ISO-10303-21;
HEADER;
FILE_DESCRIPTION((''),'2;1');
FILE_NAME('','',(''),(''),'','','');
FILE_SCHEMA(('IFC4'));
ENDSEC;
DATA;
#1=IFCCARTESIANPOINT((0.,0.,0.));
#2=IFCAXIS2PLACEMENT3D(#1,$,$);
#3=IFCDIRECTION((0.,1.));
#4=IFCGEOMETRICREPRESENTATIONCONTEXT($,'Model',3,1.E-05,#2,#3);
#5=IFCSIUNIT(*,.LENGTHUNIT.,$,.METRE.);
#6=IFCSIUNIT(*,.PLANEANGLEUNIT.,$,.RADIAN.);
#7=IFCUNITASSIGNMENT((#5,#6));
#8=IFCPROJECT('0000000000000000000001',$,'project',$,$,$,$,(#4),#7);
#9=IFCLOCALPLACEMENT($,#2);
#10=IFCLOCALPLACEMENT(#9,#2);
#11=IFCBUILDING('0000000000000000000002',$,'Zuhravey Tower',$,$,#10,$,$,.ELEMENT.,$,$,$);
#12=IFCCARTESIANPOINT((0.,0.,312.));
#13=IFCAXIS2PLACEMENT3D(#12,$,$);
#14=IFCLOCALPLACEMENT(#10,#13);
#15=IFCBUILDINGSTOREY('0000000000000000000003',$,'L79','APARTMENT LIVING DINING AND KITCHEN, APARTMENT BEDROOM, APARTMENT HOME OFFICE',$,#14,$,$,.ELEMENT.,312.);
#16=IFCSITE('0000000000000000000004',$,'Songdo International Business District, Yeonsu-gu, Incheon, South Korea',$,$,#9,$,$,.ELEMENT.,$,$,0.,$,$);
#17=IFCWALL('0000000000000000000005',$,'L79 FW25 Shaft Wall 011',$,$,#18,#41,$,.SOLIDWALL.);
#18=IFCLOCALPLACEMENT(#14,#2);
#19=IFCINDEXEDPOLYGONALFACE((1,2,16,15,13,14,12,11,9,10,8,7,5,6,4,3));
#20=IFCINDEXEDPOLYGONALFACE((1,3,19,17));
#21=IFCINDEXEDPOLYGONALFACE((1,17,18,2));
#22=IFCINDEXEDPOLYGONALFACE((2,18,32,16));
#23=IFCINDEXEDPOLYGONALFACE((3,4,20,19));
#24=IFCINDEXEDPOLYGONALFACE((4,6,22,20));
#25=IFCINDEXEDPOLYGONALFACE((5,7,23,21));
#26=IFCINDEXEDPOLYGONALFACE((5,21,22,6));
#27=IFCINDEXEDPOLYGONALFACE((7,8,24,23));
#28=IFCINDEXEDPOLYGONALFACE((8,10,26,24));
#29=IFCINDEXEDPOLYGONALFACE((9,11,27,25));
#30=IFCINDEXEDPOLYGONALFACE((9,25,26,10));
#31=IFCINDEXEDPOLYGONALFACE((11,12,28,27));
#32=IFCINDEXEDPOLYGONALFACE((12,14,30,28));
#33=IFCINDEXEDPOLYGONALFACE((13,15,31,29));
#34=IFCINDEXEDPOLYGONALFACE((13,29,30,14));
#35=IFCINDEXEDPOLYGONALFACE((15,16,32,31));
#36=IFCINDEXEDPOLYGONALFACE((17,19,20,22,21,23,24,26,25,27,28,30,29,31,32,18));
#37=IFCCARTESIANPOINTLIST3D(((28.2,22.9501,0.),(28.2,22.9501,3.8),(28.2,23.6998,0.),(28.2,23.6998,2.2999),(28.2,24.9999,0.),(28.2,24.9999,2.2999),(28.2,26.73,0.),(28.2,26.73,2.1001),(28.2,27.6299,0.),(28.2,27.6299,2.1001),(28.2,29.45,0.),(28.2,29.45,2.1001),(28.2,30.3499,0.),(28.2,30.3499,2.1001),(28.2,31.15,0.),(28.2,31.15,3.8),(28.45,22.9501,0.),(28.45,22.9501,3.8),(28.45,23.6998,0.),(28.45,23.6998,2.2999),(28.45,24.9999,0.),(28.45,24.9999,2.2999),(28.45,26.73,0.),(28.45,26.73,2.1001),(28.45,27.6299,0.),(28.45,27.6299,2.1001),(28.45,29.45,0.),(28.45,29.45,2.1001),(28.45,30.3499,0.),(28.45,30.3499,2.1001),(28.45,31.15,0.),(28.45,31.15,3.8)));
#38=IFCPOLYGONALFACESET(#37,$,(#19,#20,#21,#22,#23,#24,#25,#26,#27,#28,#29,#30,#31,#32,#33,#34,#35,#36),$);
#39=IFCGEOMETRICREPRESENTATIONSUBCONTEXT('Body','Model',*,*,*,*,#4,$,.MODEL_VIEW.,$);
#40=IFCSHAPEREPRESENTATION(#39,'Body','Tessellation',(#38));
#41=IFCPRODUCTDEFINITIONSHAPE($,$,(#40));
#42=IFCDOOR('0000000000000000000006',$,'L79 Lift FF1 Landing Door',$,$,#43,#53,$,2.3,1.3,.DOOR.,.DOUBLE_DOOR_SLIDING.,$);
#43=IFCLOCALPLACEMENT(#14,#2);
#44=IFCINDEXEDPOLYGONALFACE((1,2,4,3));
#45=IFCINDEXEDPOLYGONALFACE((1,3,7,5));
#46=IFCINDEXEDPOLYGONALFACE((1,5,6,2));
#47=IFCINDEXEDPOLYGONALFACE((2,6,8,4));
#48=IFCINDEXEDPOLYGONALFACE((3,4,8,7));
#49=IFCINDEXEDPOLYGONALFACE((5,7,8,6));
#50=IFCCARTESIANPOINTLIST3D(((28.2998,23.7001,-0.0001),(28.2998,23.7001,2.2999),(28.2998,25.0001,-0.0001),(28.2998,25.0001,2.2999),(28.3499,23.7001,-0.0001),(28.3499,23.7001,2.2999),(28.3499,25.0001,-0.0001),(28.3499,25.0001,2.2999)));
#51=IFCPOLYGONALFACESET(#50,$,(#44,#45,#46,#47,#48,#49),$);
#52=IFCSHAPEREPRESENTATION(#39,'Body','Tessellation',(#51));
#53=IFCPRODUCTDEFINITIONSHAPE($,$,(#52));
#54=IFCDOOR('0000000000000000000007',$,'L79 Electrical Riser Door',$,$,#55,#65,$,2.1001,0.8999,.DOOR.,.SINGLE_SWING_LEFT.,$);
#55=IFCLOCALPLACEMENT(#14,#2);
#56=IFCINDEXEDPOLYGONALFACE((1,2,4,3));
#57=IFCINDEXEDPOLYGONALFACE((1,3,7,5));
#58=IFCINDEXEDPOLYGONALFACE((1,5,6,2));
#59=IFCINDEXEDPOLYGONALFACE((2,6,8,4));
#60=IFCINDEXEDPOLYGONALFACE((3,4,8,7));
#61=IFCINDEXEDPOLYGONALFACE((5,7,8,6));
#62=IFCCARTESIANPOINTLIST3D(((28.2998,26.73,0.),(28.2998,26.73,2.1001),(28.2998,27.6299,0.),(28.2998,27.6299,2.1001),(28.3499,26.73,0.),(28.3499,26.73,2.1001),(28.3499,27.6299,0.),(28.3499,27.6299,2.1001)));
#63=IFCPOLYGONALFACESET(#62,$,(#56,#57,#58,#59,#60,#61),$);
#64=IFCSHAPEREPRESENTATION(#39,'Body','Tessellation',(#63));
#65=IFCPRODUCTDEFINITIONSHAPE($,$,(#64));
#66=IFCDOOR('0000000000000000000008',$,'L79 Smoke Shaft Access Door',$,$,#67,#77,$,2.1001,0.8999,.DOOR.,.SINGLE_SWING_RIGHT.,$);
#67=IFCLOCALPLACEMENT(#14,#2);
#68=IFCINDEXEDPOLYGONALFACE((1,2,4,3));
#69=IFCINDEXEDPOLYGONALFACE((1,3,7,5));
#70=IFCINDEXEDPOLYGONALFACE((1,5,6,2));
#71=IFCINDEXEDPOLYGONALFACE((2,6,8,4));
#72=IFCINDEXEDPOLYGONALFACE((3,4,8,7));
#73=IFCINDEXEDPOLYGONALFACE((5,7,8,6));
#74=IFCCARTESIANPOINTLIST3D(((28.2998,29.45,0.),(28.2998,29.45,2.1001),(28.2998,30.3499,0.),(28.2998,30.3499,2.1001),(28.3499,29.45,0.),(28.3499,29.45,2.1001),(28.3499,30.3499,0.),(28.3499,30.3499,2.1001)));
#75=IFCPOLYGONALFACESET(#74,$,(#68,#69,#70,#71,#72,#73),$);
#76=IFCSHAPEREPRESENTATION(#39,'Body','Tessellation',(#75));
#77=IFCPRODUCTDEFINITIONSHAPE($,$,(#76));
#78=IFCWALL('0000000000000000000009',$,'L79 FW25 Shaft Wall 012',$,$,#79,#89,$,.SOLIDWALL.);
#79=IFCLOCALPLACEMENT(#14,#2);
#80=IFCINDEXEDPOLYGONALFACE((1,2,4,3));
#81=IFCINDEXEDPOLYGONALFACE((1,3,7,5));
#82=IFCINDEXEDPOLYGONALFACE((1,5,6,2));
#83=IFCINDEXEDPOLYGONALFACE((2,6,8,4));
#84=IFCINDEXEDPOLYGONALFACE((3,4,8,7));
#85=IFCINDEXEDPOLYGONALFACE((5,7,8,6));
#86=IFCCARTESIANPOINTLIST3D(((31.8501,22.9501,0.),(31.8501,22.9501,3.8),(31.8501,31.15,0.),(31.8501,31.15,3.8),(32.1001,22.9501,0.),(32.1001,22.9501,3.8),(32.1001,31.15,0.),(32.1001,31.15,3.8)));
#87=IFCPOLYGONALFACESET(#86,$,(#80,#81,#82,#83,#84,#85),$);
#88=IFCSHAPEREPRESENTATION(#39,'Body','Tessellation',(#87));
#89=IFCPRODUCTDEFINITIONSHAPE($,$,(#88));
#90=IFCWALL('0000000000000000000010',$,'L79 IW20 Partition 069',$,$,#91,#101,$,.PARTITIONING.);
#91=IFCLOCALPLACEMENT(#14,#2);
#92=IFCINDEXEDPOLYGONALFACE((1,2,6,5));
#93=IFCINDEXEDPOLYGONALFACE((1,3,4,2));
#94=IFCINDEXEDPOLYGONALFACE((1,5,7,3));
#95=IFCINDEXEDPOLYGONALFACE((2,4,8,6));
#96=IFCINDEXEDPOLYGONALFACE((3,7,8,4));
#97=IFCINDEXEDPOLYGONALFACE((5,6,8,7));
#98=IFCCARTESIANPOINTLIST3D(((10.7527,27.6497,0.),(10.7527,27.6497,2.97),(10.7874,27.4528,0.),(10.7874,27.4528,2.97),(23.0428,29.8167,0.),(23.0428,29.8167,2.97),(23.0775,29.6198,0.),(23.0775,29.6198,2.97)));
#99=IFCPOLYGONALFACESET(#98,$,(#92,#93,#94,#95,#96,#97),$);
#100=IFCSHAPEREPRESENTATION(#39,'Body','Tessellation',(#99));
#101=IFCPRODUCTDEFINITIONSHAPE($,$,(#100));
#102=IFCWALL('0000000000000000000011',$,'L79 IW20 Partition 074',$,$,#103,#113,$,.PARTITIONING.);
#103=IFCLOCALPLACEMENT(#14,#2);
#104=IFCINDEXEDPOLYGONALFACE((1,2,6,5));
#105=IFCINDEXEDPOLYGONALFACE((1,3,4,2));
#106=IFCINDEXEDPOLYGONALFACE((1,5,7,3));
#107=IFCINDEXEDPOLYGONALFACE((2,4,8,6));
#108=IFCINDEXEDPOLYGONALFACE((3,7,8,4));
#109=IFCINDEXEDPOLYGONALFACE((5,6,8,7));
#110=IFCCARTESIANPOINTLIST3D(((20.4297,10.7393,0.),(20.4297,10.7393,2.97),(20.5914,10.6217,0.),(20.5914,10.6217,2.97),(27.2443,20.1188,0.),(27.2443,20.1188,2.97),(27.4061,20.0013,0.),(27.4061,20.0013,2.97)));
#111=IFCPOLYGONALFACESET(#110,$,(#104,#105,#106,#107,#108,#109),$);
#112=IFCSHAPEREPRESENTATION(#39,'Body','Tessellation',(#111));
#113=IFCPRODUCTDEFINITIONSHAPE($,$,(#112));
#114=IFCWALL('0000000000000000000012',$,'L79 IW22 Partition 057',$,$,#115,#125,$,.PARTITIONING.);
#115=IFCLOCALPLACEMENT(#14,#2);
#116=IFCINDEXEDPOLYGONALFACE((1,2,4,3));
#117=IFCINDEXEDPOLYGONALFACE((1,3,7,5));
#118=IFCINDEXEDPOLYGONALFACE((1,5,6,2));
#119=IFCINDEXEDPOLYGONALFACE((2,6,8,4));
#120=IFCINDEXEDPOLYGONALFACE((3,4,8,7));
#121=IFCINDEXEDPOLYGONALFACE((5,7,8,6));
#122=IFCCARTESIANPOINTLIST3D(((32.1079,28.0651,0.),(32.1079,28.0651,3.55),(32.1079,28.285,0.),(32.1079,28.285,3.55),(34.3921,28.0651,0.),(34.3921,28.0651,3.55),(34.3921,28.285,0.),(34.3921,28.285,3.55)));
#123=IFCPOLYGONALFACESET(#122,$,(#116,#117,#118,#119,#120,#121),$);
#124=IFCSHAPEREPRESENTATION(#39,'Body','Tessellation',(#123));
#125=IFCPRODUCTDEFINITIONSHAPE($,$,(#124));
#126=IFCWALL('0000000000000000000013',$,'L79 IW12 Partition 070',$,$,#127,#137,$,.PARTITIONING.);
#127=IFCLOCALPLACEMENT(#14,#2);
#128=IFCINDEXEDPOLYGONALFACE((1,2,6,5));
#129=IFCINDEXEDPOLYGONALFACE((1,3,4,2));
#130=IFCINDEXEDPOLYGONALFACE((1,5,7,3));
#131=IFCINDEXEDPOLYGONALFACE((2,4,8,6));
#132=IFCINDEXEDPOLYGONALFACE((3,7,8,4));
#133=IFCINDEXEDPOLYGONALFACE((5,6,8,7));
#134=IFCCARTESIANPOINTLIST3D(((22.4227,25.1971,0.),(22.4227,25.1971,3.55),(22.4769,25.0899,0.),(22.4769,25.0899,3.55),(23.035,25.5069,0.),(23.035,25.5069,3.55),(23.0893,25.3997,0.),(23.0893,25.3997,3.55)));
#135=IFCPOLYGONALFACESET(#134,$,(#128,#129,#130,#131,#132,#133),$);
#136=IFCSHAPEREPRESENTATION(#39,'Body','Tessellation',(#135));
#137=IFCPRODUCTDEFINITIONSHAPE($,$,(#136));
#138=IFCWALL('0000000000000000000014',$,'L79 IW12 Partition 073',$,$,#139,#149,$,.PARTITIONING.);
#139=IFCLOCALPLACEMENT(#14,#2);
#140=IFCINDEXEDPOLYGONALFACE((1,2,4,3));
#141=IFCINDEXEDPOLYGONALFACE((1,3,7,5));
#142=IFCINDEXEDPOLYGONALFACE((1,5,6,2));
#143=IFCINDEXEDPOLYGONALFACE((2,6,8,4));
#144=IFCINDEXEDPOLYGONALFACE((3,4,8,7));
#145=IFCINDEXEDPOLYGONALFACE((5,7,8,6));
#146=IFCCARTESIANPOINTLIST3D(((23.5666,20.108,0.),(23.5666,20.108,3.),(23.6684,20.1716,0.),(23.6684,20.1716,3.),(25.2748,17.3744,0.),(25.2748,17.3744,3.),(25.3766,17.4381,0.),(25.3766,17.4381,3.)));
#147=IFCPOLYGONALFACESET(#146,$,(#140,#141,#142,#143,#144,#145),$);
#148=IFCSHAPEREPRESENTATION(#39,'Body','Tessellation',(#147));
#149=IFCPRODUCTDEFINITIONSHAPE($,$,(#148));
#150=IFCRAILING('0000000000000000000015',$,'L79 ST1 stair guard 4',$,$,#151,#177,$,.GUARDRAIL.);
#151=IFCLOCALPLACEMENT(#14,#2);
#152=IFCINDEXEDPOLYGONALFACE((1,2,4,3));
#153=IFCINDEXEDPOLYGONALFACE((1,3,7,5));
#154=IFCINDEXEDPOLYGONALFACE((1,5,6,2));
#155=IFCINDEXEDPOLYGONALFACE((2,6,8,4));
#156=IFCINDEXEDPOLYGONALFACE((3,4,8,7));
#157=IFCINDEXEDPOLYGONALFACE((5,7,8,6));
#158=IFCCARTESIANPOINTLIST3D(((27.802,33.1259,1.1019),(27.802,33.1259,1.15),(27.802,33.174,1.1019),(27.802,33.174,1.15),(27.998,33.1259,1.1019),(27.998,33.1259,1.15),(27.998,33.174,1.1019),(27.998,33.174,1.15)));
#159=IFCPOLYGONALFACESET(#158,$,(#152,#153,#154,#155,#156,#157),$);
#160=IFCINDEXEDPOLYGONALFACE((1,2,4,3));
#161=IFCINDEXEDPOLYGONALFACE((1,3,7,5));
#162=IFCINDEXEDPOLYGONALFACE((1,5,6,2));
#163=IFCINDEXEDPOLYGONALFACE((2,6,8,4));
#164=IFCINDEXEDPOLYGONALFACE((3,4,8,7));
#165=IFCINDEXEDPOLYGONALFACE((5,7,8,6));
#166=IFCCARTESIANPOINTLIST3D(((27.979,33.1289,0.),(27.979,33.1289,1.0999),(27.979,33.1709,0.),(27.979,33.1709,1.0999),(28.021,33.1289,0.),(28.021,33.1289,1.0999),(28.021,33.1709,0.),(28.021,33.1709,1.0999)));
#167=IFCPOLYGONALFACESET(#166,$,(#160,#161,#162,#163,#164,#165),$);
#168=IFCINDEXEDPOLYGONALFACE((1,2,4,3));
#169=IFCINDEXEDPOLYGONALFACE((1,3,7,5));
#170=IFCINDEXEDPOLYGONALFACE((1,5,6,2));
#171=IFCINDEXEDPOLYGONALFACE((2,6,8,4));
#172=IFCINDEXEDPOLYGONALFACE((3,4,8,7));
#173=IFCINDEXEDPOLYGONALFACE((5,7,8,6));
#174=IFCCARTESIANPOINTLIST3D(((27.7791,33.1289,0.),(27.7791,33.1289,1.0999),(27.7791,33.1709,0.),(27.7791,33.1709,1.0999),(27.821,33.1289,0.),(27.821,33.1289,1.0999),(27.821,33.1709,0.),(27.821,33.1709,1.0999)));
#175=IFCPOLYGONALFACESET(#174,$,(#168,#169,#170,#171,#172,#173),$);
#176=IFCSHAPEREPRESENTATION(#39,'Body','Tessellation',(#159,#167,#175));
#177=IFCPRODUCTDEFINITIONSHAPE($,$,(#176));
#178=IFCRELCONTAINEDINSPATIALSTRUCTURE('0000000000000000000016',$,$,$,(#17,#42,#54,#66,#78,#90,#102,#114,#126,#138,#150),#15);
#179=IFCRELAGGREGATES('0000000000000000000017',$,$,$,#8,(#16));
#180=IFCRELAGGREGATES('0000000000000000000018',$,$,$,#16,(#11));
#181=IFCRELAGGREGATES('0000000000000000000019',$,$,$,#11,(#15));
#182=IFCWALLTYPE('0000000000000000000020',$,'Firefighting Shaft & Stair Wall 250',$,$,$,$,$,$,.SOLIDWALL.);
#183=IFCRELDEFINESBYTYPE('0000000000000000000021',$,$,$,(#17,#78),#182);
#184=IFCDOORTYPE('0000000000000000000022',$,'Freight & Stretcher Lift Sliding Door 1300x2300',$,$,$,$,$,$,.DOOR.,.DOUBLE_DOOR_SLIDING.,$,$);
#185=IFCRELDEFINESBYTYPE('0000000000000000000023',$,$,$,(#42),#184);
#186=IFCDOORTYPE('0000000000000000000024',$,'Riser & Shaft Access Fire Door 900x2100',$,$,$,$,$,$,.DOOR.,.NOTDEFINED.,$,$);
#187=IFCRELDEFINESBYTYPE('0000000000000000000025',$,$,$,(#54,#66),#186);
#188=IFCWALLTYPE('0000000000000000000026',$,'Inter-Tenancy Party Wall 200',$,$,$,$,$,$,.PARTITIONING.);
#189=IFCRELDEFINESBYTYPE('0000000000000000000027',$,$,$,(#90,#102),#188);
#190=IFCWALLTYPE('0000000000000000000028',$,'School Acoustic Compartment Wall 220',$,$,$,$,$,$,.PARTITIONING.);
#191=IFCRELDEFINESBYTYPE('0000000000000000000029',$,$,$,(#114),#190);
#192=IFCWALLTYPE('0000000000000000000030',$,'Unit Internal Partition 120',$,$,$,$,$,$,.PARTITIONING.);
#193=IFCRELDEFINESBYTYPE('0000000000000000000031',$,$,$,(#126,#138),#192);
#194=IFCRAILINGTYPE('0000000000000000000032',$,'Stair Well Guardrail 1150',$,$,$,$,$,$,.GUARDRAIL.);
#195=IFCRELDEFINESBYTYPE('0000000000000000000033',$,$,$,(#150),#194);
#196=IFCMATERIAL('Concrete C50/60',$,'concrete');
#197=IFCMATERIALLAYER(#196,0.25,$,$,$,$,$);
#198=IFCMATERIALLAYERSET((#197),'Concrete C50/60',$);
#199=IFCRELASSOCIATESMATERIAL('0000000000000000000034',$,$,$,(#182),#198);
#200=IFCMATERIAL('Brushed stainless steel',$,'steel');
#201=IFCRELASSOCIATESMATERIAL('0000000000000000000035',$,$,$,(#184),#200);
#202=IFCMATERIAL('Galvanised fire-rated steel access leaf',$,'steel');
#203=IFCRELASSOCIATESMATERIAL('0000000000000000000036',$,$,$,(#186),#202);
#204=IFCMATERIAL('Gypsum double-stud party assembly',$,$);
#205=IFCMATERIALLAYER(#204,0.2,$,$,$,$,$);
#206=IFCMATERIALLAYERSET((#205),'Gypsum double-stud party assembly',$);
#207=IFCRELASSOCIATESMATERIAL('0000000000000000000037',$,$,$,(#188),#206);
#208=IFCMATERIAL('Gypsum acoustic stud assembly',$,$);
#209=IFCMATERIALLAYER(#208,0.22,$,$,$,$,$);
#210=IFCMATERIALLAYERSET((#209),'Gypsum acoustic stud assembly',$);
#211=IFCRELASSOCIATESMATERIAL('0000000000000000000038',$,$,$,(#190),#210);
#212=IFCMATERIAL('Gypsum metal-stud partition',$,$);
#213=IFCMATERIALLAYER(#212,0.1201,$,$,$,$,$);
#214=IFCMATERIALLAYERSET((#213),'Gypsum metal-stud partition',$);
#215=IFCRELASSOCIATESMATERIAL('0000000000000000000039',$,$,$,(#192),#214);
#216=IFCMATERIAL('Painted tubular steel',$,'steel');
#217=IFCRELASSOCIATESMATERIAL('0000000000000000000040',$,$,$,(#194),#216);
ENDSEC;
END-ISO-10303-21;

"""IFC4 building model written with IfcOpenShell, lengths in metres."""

from ifc_helpers import new_model, si_unit, direction, frame, frame_2d, origin, origin_2d, place, context, subcontext, project, spatial, rectangle, extrude, material, layer, layer_set, type_object, element, fill, save


model = new_model("IFC4")

# Units and contexts
model_context = context("Model", 3, precision=1e-05, world=origin(), true_north=direction((0.0, 1.0)))
body_context = subcontext(model_context, "Body", "Model", "MODEL_VIEW")
ifc_project = project(units=[si_unit("LENGTHUNIT", "METRE"), si_unit("PLANEANGLEUNIT", "RADIAN")], contexts=[model_context])

# Site, building, storey
site_placement = place(None, origin())
site = spatial("IfcSite", under=ifc_project, at=site_placement, Name="Songdo International Business District, Yeonsu-gu, Incheon, South Korea", CompositionType="ELEMENT", RefElevation=0.0)
building_placement = place(site_placement, origin())
building = spatial("IfcBuilding", under=site, at=building_placement, Name="Zuhravey Tower", CompositionType="ELEMENT")
storey_placement = place(building_placement, frame((0.0, 0.0, 312.0)))
storey = spatial("IfcBuildingStorey", under=building, at=storey_placement, Name="L79", Description="APARTMENT LIVING DINING AND KITCHEN, APARTMENT BEDROOM, APARTMENT HOME OFFICE", CompositionType="ELEMENT", Elevation=312.0)

# Shared definitions
ifc_material_1 = material(Name="Concrete C50/60", Category="concrete")

# Shared definitions
ifc_layer_1 = layer(ifc_material_1, 0.25)
ifc_layer_set_1 = layer_set([ifc_layer_1], Name="Concrete C50/60")
wall_type_1 = type_object("IfcWallType", Name="Firefighting Shaft & Stair Wall 250", PredefinedType="SOLIDWALL", material=ifc_layer_set_1)

# Wall, openings, doors
wall_1_placement = place(storey_placement, frame((28.325, 22.95, 0.0), z_axis=(0.0, 0.0, 1.0), x_axis=(0.0, 1.0, 0.0)))
wall_1 = element("IfcWall", 1, at=wall_1_placement, inside=storey, type_object=wall_type_1, Name="L79 FW25 Shaft Wall 011", PredefinedType="SOLIDWALL", context=body_context, shape_type="SweptSolid", body=[
    extrude(rectangle(XDim=8.2, YDim=0.25, at=frame_2d((4.1001, 0.0))), origin(), (0.0, 0.0, 1.0), 3.8),
])
opening_1_placement = place(wall_1_placement, frame((0.75, 0.0, 0.0)))
opening_1 = element("IfcOpeningElement", 2, at=opening_1_placement, cuts=wall_1, PredefinedType="OPENING", context=body_context, shape_type="SweptSolid", body=[
    extrude(rectangle(XDim=1.3, YDim=2.3, at=frame_2d((0.6499, 1.1499))), frame((0.0, 0.137, 0.0), z_axis=(0.0, -1.0, 0.0), x_axis=(1.0, 0.0, 0.0)), (0.0, 0.0, 1.0), 0.2739),
])
opening_2_placement = place(wall_1_placement, frame((3.78, 0.0, 0.0)))
opening_2 = element("IfcOpeningElement", 3, at=opening_2_placement, cuts=wall_1, PredefinedType="OPENING", context=body_context, shape_type="SweptSolid", body=[
    extrude(rectangle(XDim=0.8999, YDim=2.1001, at=frame_2d((0.45, 1.05))), frame((0.0, 0.137, 0.0), z_axis=(0.0, -1.0, 0.0), x_axis=(1.0, 0.0, 0.0)), (0.0, 0.0, 1.0), 0.2739),
])
opening_3_placement = place(wall_1_placement, frame((6.5, 0.0, 0.0)))
opening_3 = element("IfcOpeningElement", 4, at=opening_3_placement, cuts=wall_1, PredefinedType="OPENING", context=body_context, shape_type="SweptSolid", body=[
    extrude(rectangle(XDim=0.8999, YDim=2.1001, at=frame_2d((0.45, 1.05))), frame((0.0, 0.137, 0.0), z_axis=(0.0, -1.0, 0.0), x_axis=(1.0, 0.0, 0.0)), (0.0, 0.0, 1.0), 0.2739),
])
ifc_material_2 = material(Name="Brushed stainless steel", Category="steel")
door_type_1 = type_object("IfcDoorType", Name="Freight & Stretcher Lift Sliding Door 1300x2300", OperationType="DOUBLE_DOOR_SLIDING", PredefinedType="DOOR", material=ifc_material_2)
door_1_placement = place(opening_1_placement, frame((1.3, 0.0, 0.0), z_axis=(0.0, 0.0, 1.0), x_axis=(-1.0, 0.0, 0.0)))
door_1 = element("IfcDoor", 5, at=door_1_placement, inside=storey, type_object=door_type_1, Name="L79 Lift FF1 Landing Door", OperationType="DOUBLE_DOOR_SLIDING", OverallHeight=2.3, OverallWidth=1.3, PredefinedType="DOOR", context=body_context, shape_type="SweptSolid", body=[
    extrude(rectangle(XDim=1.3, YDim=2.3, at=frame_2d((0.6499, 1.1499))), frame((0.0, 0.0249, 0.0), z_axis=(0.0, -1.0, 0.0), x_axis=(1.0, 0.0, 0.0)), (0.0, 0.0, 1.0), 0.05),
])
fill(opening_1, door_1)
ifc_material_3 = material(Name="Galvanised fire-rated steel access leaf", Category="steel")
door_type_2 = type_object("IfcDoorType", Name="Riser & Shaft Access Fire Door 900x2100", OperationType="NOTDEFINED", PredefinedType="DOOR", material=ifc_material_3)
door_2_placement = place(opening_2_placement, frame((0.8999, 0.0, 0.0), z_axis=(0.0, 0.0, 1.0), x_axis=(-1.0, 0.0, 0.0)))
door_2 = element("IfcDoor", 6, at=door_2_placement, inside=storey, type_object=door_type_2, Name="L79 Electrical Riser Door", OperationType="SINGLE_SWING_LEFT", OverallHeight=2.1001, OverallWidth=0.8999, PredefinedType="DOOR", context=body_context, shape_type="SweptSolid", body=[
    extrude(rectangle(XDim=0.8999, YDim=2.1001, at=frame_2d((0.45, 1.05))), frame((0.0, 0.0249, 0.0), z_axis=(0.0, -1.0, 0.0), x_axis=(1.0, 0.0, 0.0)), (0.0, 0.0, 1.0), 0.05),
])
fill(opening_2, door_2)
door_3_placement = place(opening_3_placement, frame((0.8999, 0.0, 0.0), z_axis=(0.0, 0.0, 1.0), x_axis=(-1.0, 0.0, 0.0)))
door_3 = element("IfcDoor", 7, at=door_3_placement, inside=storey, type_object=door_type_2, Name="L79 Smoke Shaft Access Door", OperationType="SINGLE_SWING_RIGHT", OverallHeight=2.1001, OverallWidth=0.8999, PredefinedType="DOOR", context=body_context, shape_type="SweptSolid", body=[
    extrude(rectangle(XDim=0.8999, YDim=2.1001, at=frame_2d((0.45, 1.05))), frame((0.0, 0.0249, 0.0), z_axis=(0.0, -1.0, 0.0), x_axis=(1.0, 0.0, 0.0)), (0.0, 0.0, 1.0), 0.05),
])
fill(opening_3, door_3)

# Walls
wall_2_placement = place(storey_placement, frame((31.9751, 22.95, 0.0), z_axis=(0.0, 0.0, 1.0), x_axis=(0.0, 1.0, 0.0)))
element("IfcWall", 8, at=wall_2_placement, inside=storey, type_object=wall_type_1, Name="L79 FW25 Shaft Wall 012", PredefinedType="SOLIDWALL", context=body_context, shape_type="SweptSolid", body=[
    extrude(rectangle(XDim=8.2, YDim=0.25, at=frame_2d((4.1001, 0.0))), origin(), (0.0, 0.0, 1.0), 3.8),
])
ifc_material_4 = material(Name="Gypsum double-stud party assembly")
ifc_layer_2 = layer(ifc_material_4, 0.2)
ifc_layer_set_2 = layer_set([ifc_layer_2], Name="Gypsum double-stud party assembly")
wall_type_2 = type_object("IfcWallType", Name="Inter-Tenancy Party Wall 200", PredefinedType="PARTITIONING", material=ifc_layer_set_2)
wall_3_placement = place(storey_placement, frame((23.0601, 29.7183, 0.0), z_axis=(0.0, 0.0, 1.0), x_axis=(-0.984809, -0.173642, 0.0)))
element("IfcWall", 9, at=wall_3_placement, inside=storey, type_object=wall_type_2, Name="L79 IW20 Partition 069", PredefinedType="PARTITIONING", context=body_context, shape_type="SweptSolid", body=[
    extrude(rectangle(XDim=12.4797, YDim=0.2, at=frame_2d((6.2397, 0.0))), origin(), (0.0, 0.0, 1.0), 2.97),
])
wall_4_placement = place(storey_placement, frame((27.3252, 20.0601, 0.0), z_axis=(0.0, 0.0, 1.0), x_axis=(-0.587785, -0.809017, 0.0)))
element("IfcWall", 10, at=wall_4_placement, inside=storey, type_object=wall_type_2, Name="L79 IW20 Partition 074", PredefinedType="PARTITIONING", context=body_context, shape_type="SweptSolid", body=[
    extrude(rectangle(XDim=11.5938, YDim=0.2, at=frame_2d((5.7969, 0.0))), origin(), (0.0, 0.0, 1.0), 2.97),
])
ifc_material_5 = material(Name="Gypsum acoustic stud assembly")
ifc_layer_3 = layer(ifc_material_5, 0.22)
ifc_layer_set_3 = layer_set([ifc_layer_3], Name="Gypsum acoustic stud assembly")
wall_type_3 = type_object("IfcWallType", Name="School Acoustic Compartment Wall 220", PredefinedType="PARTITIONING", material=ifc_layer_set_3)
wall_5_placement = place(storey_placement, frame((32.1079, 28.175, 0.0), z_axis=(0.0, 0.0, 1.0), x_axis=(1.0, 0.0, 0.0)))
element("IfcWall", 11, at=wall_5_placement, inside=storey, type_object=wall_type_3, Name="L79 IW22 Partition 057", PredefinedType="PARTITIONING", context=body_context, shape_type="SweptSolid", body=[
    extrude(rectangle(XDim=2.2842, YDim=0.22, at=frame_2d((1.1421, 0.0))), origin(), (0.0, 0.0, 1.0), 3.55),
])
ifc_material_6 = material(Name="Gypsum metal-stud partition")
ifc_layer_4 = layer(ifc_material_6, 0.1201)
ifc_layer_set_4 = layer_set([ifc_layer_4], Name="Gypsum metal-stud partition")
wall_type_4 = type_object("IfcWallType", Name="Unit Internal Partition 120", PredefinedType="PARTITIONING", material=ifc_layer_set_4)
wall_6_placement = place(storey_placement, frame((23.0623, 25.4534, 0.0), z_axis=(0.0, 0.0, 1.0), x_axis=(-0.892282, -0.451478, 0.0)))
element("IfcWall", 12, at=wall_6_placement, inside=storey, type_object=wall_type_4, Name="L79 IW12 Partition 070", PredefinedType="PARTITIONING", context=body_context, shape_type="SweptSolid", body=[
    extrude(rectangle(XDim=0.6863, YDim=0.1201, at=frame_2d((0.3433, 0.0))), origin(), (0.0, 0.0, 1.0), 3.55),
])
wall_7_placement = place(storey_placement, frame((23.6174, 20.1399, 0.0), z_axis=(0.0, 0.0, 1.0), x_axis=(0.529938, -0.848037, 0.0)))
element("IfcWall", 13, at=wall_7_placement, inside=storey, type_object=wall_type_4, Name="L79 IW12 Partition 073", PredefinedType="PARTITIONING", context=body_context, shape_type="SweptSolid", body=[
    extrude(rectangle(XDim=3.2234, YDim=0.1201, at=frame_2d((1.6118, 0.0))), origin(), (0.0, 0.0, 1.0), 3.0),
])

# Railing
ifc_material_7 = material(Name="Painted tubular steel", Category="steel")
railing_type = type_object("IfcRailingType", Name="Stair Well Guardrail 1150", PredefinedType="GUARDRAIL", material=ifc_material_7)
railing_placement = place(storey_placement, frame((28.0, 33.1499, 0.0)))
element("IfcRailing", 14, at=railing_placement, inside=storey, type_object=railing_type, Name="L79 ST1 stair guard 4", PredefinedType="GUARDRAIL", context=body_context, shape_type="SweptSolid", body=[
    extrude(rectangle(XDim=0.0481, YDim=0.0481, at=origin_2d()), frame((-0.002, 0.0, 1.126), z_axis=(-1.0, 0.0, 0.0), x_axis=(0.0, -1.0, 0.0)), (0.0, 0.0, 1.0), 0.196),
    extrude(rectangle(XDim=0.042, YDim=0.042, at=origin_2d()), origin(), (0.0, 0.0, 1.0), 1.0999),
    extrude(rectangle(XDim=0.042, YDim=0.042, at=origin_2d()), frame((-0.2, 0.0, 0.0)), (0.0, 0.0, 1.0), 1.0999),
])

save(model, "model.ifc")
